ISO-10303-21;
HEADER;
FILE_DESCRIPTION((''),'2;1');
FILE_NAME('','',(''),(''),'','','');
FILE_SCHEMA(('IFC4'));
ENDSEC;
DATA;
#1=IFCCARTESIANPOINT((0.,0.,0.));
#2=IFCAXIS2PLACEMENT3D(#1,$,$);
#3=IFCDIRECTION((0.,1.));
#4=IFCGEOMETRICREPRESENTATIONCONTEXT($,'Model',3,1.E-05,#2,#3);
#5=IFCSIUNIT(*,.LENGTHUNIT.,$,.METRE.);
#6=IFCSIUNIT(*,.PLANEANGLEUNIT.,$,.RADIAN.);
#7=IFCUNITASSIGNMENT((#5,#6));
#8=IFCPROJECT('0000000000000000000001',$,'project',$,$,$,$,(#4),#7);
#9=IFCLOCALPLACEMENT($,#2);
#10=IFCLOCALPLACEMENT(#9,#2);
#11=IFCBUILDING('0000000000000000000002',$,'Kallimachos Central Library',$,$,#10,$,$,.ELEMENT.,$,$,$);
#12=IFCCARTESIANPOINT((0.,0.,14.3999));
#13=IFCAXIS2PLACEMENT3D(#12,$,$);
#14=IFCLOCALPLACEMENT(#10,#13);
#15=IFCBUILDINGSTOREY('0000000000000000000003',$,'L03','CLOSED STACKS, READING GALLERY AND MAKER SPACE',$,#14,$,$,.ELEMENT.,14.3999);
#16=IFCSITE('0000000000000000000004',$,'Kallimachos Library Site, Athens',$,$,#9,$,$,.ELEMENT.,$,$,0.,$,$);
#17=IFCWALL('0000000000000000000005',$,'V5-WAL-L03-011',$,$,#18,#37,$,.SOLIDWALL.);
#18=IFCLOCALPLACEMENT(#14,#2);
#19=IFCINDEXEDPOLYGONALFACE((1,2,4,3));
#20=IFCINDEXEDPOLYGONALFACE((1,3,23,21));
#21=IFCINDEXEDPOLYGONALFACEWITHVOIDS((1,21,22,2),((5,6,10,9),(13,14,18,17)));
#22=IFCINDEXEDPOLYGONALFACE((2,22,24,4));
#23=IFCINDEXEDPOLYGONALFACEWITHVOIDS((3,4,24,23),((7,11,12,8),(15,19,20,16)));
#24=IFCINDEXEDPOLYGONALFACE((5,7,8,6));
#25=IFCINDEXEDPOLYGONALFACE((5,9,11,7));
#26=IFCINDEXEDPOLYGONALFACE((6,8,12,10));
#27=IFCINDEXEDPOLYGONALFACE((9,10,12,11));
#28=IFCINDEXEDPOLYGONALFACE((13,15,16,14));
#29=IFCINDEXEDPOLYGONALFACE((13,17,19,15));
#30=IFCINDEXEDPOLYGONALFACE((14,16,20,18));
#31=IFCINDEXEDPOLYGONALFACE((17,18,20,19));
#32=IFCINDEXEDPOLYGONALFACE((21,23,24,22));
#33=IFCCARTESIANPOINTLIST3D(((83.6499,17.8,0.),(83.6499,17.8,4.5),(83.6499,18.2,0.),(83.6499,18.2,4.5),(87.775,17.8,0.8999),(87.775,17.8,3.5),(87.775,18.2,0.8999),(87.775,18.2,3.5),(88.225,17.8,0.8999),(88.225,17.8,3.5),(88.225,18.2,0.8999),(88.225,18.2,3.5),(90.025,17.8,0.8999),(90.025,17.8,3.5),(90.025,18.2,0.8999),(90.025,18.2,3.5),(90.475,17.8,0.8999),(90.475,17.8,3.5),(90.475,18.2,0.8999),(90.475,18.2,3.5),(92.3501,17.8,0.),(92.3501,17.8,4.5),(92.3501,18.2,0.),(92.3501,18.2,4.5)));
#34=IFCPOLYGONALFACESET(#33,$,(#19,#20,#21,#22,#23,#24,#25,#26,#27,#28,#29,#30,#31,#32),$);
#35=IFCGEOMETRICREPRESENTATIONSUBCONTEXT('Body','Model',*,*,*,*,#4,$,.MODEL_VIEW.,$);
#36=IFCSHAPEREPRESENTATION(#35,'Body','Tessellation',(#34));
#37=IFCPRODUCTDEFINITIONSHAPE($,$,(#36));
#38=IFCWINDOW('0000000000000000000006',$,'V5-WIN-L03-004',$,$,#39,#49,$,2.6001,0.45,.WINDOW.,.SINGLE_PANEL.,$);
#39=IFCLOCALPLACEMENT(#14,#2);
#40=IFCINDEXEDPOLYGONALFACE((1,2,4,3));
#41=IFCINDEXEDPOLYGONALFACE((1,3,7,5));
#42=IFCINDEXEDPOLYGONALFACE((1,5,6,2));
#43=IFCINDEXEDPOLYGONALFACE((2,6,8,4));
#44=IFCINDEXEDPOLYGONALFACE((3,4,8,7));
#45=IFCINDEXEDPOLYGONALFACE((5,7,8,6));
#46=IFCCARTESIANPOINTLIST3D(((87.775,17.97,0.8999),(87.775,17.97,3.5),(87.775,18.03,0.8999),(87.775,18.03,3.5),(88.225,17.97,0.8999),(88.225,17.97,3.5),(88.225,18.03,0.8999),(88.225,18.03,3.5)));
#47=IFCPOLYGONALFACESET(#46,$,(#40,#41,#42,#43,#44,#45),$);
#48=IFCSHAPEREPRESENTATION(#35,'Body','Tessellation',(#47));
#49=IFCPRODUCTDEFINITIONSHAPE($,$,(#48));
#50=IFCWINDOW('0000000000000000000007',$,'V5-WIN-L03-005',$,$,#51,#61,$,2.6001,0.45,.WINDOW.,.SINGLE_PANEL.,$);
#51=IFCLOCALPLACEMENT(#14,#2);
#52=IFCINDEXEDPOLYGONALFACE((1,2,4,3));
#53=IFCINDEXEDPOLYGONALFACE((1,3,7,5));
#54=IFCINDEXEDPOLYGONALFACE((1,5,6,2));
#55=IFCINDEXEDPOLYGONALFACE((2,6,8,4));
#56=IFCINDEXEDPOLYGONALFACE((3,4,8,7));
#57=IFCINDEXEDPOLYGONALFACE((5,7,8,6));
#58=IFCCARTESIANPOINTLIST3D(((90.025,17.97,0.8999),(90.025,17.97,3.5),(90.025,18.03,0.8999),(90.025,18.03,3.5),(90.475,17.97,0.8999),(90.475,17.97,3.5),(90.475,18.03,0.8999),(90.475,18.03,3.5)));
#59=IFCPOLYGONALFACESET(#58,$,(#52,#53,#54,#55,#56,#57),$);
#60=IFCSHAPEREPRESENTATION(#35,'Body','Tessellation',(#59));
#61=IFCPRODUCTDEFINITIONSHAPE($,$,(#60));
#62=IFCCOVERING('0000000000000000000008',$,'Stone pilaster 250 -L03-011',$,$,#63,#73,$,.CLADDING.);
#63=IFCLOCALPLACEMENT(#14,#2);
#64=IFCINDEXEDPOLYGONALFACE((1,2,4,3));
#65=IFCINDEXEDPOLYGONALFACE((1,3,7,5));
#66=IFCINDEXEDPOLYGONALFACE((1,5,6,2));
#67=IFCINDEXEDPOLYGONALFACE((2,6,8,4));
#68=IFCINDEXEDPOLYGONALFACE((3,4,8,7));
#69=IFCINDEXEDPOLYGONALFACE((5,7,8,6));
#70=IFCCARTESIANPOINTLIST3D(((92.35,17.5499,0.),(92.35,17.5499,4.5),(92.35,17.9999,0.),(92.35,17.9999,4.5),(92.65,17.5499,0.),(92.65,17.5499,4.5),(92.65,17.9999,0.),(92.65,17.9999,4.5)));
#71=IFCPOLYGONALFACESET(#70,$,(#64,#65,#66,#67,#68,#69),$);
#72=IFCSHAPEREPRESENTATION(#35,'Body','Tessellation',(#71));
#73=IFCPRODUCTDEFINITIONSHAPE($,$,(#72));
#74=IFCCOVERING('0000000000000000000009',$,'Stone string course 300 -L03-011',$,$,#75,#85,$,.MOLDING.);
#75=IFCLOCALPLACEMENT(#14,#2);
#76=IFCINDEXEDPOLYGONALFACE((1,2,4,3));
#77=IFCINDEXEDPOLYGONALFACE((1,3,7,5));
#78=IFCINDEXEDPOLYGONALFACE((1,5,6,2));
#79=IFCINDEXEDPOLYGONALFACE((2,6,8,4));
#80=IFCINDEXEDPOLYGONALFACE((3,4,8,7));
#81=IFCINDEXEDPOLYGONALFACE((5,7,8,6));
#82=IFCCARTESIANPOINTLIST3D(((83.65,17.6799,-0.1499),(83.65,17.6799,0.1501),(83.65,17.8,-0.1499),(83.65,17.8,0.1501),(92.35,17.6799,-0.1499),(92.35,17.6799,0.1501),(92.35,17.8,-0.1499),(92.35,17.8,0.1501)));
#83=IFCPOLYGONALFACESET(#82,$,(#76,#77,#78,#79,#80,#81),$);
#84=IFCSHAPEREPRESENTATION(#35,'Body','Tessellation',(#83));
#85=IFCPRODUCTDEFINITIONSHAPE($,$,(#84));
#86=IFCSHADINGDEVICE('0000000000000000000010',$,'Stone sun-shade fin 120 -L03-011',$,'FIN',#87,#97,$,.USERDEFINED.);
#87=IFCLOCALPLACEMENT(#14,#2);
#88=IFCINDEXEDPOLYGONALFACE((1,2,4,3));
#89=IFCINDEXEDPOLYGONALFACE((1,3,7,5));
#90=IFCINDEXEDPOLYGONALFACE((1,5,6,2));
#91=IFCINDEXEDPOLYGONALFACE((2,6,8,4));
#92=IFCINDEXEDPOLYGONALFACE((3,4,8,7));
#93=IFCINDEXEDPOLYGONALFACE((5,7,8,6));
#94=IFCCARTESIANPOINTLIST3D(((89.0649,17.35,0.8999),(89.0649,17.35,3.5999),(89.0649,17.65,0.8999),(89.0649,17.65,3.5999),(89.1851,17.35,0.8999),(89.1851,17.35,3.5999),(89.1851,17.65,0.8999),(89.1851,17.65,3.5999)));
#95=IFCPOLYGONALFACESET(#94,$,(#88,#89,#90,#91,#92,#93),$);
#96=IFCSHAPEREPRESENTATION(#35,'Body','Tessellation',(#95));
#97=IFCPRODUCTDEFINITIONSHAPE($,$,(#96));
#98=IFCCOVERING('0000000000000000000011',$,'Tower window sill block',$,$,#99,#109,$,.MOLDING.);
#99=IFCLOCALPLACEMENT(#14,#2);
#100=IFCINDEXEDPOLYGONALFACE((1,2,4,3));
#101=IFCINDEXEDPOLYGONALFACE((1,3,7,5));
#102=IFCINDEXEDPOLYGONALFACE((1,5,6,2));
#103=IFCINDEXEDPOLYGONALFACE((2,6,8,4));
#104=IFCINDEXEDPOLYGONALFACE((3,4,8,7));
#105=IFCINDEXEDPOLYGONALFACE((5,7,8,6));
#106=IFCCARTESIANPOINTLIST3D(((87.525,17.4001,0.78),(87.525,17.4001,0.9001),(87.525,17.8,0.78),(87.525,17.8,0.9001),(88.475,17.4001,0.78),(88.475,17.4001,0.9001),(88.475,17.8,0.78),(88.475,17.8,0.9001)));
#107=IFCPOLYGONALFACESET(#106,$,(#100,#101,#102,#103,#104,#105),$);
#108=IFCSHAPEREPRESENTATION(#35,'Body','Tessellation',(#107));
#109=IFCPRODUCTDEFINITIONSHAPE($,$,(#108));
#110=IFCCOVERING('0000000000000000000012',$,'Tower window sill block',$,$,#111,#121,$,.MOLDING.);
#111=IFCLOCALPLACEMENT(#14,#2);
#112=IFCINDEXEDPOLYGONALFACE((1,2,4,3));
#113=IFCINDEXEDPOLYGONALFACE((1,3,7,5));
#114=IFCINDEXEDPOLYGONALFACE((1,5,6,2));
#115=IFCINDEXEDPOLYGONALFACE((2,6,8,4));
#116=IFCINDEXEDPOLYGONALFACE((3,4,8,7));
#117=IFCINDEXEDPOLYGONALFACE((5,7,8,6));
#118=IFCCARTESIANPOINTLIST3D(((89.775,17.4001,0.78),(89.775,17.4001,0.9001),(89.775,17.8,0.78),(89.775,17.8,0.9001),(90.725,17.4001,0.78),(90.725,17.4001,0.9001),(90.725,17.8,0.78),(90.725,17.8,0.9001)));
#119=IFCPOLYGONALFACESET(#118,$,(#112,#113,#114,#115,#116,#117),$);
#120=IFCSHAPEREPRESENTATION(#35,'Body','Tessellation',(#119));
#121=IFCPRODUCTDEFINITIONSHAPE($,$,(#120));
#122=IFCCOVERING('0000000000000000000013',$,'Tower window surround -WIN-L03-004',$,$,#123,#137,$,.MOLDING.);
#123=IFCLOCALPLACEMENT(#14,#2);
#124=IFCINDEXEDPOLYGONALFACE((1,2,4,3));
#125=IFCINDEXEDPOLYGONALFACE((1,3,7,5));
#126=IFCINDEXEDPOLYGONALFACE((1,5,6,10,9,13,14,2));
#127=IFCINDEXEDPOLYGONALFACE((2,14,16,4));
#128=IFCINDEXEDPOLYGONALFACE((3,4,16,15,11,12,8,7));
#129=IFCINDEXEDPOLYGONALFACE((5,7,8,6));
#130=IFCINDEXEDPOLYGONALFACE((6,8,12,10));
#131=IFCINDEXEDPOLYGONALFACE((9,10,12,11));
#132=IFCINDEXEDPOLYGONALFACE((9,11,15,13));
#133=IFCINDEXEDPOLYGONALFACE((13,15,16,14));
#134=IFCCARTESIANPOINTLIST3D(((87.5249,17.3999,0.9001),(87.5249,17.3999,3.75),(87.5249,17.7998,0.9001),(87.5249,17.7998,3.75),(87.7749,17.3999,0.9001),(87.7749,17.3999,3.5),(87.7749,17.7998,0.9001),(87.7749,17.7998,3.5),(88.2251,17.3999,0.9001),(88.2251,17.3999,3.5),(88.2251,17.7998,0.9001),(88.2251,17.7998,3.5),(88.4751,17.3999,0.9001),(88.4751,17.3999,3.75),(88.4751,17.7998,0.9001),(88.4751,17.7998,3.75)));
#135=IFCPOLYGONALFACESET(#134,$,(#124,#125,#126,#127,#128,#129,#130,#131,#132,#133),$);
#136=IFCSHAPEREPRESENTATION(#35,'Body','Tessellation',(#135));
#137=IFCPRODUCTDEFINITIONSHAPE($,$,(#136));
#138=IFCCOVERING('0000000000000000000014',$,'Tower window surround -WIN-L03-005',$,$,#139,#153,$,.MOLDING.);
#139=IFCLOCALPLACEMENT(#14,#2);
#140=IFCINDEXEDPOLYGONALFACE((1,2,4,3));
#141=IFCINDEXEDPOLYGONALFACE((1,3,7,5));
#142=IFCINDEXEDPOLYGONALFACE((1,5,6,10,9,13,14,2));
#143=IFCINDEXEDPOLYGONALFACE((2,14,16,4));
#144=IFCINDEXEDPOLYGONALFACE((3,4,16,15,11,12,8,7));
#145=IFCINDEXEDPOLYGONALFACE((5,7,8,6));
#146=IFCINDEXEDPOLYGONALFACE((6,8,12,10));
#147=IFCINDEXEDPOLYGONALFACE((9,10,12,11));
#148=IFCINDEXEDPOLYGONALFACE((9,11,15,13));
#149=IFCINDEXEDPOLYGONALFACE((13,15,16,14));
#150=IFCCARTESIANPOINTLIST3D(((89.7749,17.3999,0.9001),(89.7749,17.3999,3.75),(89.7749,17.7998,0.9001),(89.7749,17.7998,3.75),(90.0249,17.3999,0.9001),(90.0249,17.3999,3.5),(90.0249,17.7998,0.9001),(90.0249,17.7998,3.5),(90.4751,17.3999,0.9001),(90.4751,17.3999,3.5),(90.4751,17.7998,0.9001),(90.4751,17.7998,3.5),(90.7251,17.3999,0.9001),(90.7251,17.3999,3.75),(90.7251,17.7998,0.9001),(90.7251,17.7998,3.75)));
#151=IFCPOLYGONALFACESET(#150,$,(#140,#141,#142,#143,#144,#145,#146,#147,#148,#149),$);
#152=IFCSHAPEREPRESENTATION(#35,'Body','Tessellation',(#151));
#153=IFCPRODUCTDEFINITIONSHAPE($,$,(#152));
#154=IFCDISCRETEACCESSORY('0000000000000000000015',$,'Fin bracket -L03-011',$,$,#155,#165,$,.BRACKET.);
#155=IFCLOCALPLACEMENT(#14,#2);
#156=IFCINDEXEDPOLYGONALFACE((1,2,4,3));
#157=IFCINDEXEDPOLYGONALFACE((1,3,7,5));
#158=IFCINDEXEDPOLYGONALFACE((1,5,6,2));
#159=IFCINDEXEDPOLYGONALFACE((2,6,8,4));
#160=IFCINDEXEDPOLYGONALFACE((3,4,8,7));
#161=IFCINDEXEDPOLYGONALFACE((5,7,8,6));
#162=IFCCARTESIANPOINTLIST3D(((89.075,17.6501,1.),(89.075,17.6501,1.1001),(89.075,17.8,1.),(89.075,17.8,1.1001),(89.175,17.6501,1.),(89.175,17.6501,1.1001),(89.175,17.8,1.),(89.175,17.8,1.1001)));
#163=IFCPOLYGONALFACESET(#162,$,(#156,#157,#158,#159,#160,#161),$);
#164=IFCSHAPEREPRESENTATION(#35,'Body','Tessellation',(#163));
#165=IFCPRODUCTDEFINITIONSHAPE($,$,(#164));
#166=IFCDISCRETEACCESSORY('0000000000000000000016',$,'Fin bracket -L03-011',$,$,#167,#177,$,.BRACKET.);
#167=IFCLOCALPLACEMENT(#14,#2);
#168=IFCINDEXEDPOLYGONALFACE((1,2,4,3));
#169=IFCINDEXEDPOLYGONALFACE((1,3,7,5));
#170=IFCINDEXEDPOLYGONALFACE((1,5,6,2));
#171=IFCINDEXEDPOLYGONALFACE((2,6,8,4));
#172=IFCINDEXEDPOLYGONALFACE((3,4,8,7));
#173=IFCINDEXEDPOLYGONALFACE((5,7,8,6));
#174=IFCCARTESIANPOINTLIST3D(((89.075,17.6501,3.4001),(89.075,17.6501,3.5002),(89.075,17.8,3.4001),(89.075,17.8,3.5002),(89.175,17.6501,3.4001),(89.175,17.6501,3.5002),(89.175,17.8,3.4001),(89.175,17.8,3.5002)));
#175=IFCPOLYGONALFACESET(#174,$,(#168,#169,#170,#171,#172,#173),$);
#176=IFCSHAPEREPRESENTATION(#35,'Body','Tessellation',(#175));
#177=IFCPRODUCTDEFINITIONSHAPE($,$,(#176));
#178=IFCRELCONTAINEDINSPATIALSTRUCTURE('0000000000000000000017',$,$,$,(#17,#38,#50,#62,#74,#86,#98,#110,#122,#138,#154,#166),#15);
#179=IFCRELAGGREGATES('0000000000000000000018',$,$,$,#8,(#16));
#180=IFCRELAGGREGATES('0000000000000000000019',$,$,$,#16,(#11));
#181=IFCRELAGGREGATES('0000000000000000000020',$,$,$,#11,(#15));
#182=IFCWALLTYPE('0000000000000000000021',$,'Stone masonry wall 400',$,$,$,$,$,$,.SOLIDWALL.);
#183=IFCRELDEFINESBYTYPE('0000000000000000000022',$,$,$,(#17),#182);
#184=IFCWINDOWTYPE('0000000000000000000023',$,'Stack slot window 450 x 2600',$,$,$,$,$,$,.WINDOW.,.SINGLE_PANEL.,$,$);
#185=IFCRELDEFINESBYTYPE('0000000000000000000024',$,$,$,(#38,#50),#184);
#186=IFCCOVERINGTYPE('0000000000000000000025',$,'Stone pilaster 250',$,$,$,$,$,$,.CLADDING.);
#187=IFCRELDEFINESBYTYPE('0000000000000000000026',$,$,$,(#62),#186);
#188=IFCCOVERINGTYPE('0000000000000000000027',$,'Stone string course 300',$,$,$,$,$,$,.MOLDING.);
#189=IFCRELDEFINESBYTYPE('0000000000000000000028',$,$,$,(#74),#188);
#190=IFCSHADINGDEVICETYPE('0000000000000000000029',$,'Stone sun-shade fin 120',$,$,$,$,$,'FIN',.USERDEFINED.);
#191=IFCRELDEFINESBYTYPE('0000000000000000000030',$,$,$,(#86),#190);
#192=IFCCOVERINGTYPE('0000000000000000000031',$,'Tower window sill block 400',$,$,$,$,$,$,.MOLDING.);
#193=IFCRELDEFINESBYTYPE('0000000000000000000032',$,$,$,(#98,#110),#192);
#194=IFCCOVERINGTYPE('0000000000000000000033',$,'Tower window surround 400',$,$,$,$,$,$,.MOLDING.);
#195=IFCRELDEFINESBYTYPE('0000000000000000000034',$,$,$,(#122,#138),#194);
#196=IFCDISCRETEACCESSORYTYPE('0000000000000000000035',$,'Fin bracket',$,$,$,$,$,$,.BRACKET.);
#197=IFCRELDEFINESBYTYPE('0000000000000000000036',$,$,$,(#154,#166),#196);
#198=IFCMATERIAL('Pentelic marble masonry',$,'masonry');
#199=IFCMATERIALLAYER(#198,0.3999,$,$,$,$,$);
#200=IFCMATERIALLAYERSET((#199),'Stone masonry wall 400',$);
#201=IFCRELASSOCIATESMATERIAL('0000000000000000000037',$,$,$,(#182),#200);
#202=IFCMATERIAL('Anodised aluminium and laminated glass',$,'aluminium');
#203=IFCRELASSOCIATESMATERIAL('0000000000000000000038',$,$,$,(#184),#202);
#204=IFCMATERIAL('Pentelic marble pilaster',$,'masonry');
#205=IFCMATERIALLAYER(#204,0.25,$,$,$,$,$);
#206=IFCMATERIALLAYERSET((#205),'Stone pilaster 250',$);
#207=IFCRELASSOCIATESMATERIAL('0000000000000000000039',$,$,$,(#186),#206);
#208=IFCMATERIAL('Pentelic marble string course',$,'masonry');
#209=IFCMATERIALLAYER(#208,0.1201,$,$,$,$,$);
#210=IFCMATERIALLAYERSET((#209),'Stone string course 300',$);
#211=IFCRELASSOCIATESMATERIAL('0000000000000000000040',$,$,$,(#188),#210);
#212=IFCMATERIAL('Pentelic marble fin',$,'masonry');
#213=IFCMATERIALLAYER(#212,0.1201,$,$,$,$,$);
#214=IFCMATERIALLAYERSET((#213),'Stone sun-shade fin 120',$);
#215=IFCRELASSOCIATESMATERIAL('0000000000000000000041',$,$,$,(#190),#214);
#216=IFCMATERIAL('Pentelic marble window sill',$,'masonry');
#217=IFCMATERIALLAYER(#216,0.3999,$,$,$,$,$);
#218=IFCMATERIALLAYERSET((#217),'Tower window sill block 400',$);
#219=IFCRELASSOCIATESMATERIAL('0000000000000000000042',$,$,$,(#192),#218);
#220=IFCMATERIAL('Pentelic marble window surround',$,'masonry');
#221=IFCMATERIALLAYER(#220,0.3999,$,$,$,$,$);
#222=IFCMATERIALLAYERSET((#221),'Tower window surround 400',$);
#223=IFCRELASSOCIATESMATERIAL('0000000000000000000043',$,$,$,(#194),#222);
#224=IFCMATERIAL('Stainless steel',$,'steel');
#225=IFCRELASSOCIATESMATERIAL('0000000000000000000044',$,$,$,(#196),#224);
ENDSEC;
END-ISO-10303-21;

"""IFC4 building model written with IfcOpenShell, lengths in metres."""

from ifc_helpers import new_model, si_unit, direction, frame, frame_2d, origin, origin_2d, place, context, subcontext, project, spatial, polyline, rectangle, outline, extrude, material, layer, layer_set, type_object, element, fill, save


model = new_model("IFC4")

# Units and contexts
model_context = context("Model", 3, precision=1e-05, world=origin(), true_north=direction((0.0, 1.0)))
body_context = subcontext(model_context, "Body", "Model", "MODEL_VIEW")
ifc_project = project(units=[si_unit("LENGTHUNIT", "METRE"), si_unit("PLANEANGLEUNIT", "RADIAN")], contexts=[model_context])

# Site, building, storey
site_placement = place(None, origin())
site = spatial("IfcSite", under=ifc_project, at=site_placement, Name="Kallimachos Library Site, Athens", CompositionType="ELEMENT", RefElevation=0.0)
building_placement = place(site_placement, origin())
building = spatial("IfcBuilding", under=site, at=building_placement, Name="Kallimachos Central Library", CompositionType="ELEMENT")
storey_placement = place(building_placement, frame((0.0, 0.0, 14.3999)))
storey = spatial("IfcBuildingStorey", under=building, at=storey_placement, Name="L03", Description="CLOSED STACKS, READING GALLERY AND MAKER SPACE", CompositionType="ELEMENT", Elevation=14.3999)

# Wall, openings, windows
ifc_material_1 = material(Name="Pentelic marble masonry", Category="masonry")
ifc_layer_1 = layer(ifc_material_1, 0.3999)
ifc_layer_set_1 = layer_set([ifc_layer_1], Name="Stone masonry wall 400")
wall_type_1 = type_object("IfcWallType", Name="Stone masonry wall 400", PredefinedType="SOLIDWALL", material=ifc_layer_set_1)
wall_1_placement = place(storey_placement, frame((83.6499, 18.0, 0.0), z_axis=(0.0, 0.0, 1.0), x_axis=(1.0, 0.0, 0.0)))
wall_1 = element("IfcWall", 1, at=wall_1_placement, inside=storey, type_object=wall_type_1, Name="V5-WAL-L03-011", PredefinedType="SOLIDWALL", context=body_context, shape_type="SweptSolid", body=[
    extrude(rectangle(XDim=8.7002, YDim=0.3999, at=frame_2d((4.3501, 0.0))), origin(), (0.0, 0.0, 1.0), 4.5),
])
opening_1_placement = place(wall_1_placement, frame((4.125, 0.0, 0.8999)))
opening_1 = element("IfcOpeningElement", 2, at=opening_1_placement, cuts=wall_1, PredefinedType="OPENING", context=body_context, shape_type="SweptSolid", body=[
    extrude(rectangle(XDim=0.45, YDim=2.6001, at=frame_2d((0.2251, 1.3))), frame((0.0, 0.21, 0.0), z_axis=(0.0, -1.0, 0.0), x_axis=(1.0, 0.0, 0.0)), (0.0, 0.0, 1.0), 0.4199),
])
opening_2_placement = place(wall_1_placement, frame((6.375, 0.0, 0.8999)))
opening_2 = element("IfcOpeningElement", 3, at=opening_2_placement, cuts=wall_1, PredefinedType="OPENING", context=body_context, shape_type="SweptSolid", body=[
    extrude(rectangle(XDim=0.45, YDim=2.6001, at=frame_2d((0.2251, 1.3))), frame((0.0, 0.21, 0.0), z_axis=(0.0, -1.0, 0.0), x_axis=(1.0, 0.0, 0.0)), (0.0, 0.0, 1.0), 0.4199),
])
ifc_material_2 = material(Name="Anodised aluminium and laminated glass", Category="aluminium")
window_type = type_object("IfcWindowType", Name="Stack slot window 450 x 2600", PartitioningType="SINGLE_PANEL", PredefinedType="WINDOW", material=ifc_material_2)
window_1_placement = place(opening_1_placement, origin())
window_1 = element("IfcWindow", 4, at=window_1_placement, inside=storey, type_object=window_type, Name="V5-WIN-L03-004", OverallHeight=2.6001, OverallWidth=0.45, PartitioningType="SINGLE_PANEL", PredefinedType="WINDOW", context=body_context, shape_type="SweptSolid", body=[
    extrude(rectangle(XDim=0.45, YDim=2.6001, at=frame_2d((0.2251, 1.3))), frame((0.0, 0.03, 0.0), z_axis=(0.0, -1.0, 0.0), x_axis=(1.0, 0.0, 0.0)), (0.0, 0.0, 1.0), 0.0601),
])
fill(opening_1, window_1)
window_2_placement = place(opening_2_placement, origin())
window_2 = element("IfcWindow", 5, at=window_2_placement, inside=storey, type_object=window_type, Name="V5-WIN-L03-005", OverallHeight=2.6001, OverallWidth=0.45, PartitioningType="SINGLE_PANEL", PredefinedType="WINDOW", context=body_context, shape_type="SweptSolid", body=[
    extrude(rectangle(XDim=0.45, YDim=2.6001, at=frame_2d((0.2251, 1.3))), frame((0.0, 0.03, 0.0), z_axis=(0.0, -1.0, 0.0), x_axis=(1.0, 0.0, 0.0)), (0.0, 0.0, 1.0), 0.0601),
])
fill(opening_2, window_2)

# Coverings
ifc_material_3 = material(Name="Pentelic marble pilaster", Category="masonry")
ifc_layer_2 = layer(ifc_material_3, 0.25)
ifc_layer_set_2 = layer_set([ifc_layer_2], Name="Stone pilaster 250")
covering_type_1 = type_object("IfcCoveringType", Name="Stone pilaster 250", PredefinedType="CLADDING", material=ifc_layer_set_2)
covering_1_placement = place(storey_placement, frame((92.5, 17.7749, 0.0), z_axis=(0.0, 0.0, 1.0), x_axis=(1.0, 0.0, 0.0)))
element("IfcCovering", 6, at=covering_1_placement, inside=storey, type_object=covering_type_1, Name="Stone pilaster 250 -L03-011", PredefinedType="CLADDING", context=body_context, shape_type="SweptSolid", body=[
    extrude(rectangle(XDim=0.3, YDim=0.45, at=origin_2d()), origin(), (0.0, 0.0, 1.0), 4.5),
])
ifc_material_4 = material(Name="Pentelic marble string course", Category="masonry")
ifc_layer_3 = layer(ifc_material_4, 0.1201)
ifc_layer_set_3 = layer_set([ifc_layer_3], Name="Stone string course 300")
covering_type_2 = type_object("IfcCoveringType", Name="Stone string course 300", PredefinedType="MOLDING", material=ifc_layer_set_3)
covering_2_placement = place(storey_placement, frame((88.0, 17.74, -0.1499), z_axis=(0.0, 0.0, 1.0), x_axis=(1.0, 0.0, 0.0)))
element("IfcCovering", 7, at=covering_2_placement, inside=storey, type_object=covering_type_2, Name="Stone string course 300 -L03-011", PredefinedType="MOLDING", context=body_context, shape_type="SweptSolid", body=[
    extrude(rectangle(XDim=8.7, YDim=0.1201, at=origin_2d()), origin(), (0.0, 0.0, 1.0), 0.3),
])

# Shading device
ifc_material_5 = material(Name="Pentelic marble fin", Category="masonry")
ifc_layer_4 = layer(ifc_material_5, 0.1201)
ifc_layer_set_4 = layer_set([ifc_layer_4], Name="Stone sun-shade fin 120")
shading_device_type = type_object("IfcShadingDeviceType", Name="Stone sun-shade fin 120", ElementType="FIN", PredefinedType="USERDEFINED", material=ifc_layer_set_4)
shading_device_placement = place(storey_placement, frame((89.125, 17.5, 0.8999), z_axis=(0.0, 0.0, 1.0), x_axis=(1.0, 0.0, 0.0)))
element("IfcShadingDevice", 8, at=shading_device_placement, inside=storey, type_object=shading_device_type, Name="Stone sun-shade fin 120 -L03-011", ObjectType="FIN", PredefinedType="USERDEFINED", context=body_context, shape_type="SweptSolid", body=[
    extrude(rectangle(XDim=0.1201, YDim=0.3, at=origin_2d()), origin(), (0.0, 0.0, 1.0), 2.7),
])

# Coverings
ifc_material_6 = material(Name="Pentelic marble window sill", Category="masonry")
ifc_layer_5 = layer(ifc_material_6, 0.3999)
ifc_layer_set_5 = layer_set([ifc_layer_5], Name="Tower window sill block 400")
covering_type_3 = type_object("IfcCoveringType", Name="Tower window sill block 400", PredefinedType="MOLDING", material=ifc_layer_set_5)
for number, where, z_axis, x_axis, name in (
    (9, (88.0, 17.6001, 0.78), (0.0, 0.0, 1.0), (1.0, 0.0, 0.0), "Tower window sill block"),
    (10, (90.25, 17.6001, 0.78), (0.0, 0.0, 1.0), (1.0, 0.0, 0.0), "Tower window sill block"),
):
    element("IfcCovering", number, at=place(storey_placement, frame(where, z_axis=z_axis, x_axis=x_axis)), inside=storey, type_object=covering_type_3, Name=name, PredefinedType="MOLDING", context=body_context, shape_type="SweptSolid", body=[
        extrude(rectangle(XDim=0.95, YDim=0.3999, at=origin_2d()), origin(), (0.0, 0.0, 1.0), 0.1201),
    ])
ifc_material_7 = material(Name="Pentelic marble window surround", Category="masonry")
ifc_layer_6 = layer(ifc_material_7, 0.3999)
ifc_layer_set_6 = layer_set([ifc_layer_6], Name="Tower window surround 400")
covering_type_4 = type_object("IfcCoveringType", Name="Tower window surround 400", PredefinedType="MOLDING", material=ifc_layer_set_6)
for number, where, z_axis, x_axis, name in (
    (11, (87.7749, 17.3999, 0.9001), (0.0, -1.0, 0.0), (0.0, 0.0, 1.0), "Tower window surround -WIN-L03-004"),
    (12, (90.0249, 17.3999, 0.9001), (0.0, -1.0, 0.0), (0.0, 0.0, 1.0), "Tower window surround -WIN-L03-005"),
):
    element("IfcCovering", number, at=place(storey_placement, frame(where, z_axis=z_axis, x_axis=x_axis)), inside=storey, type_object=covering_type_4, Name=name, PredefinedType="MOLDING", context=body_context, shape_type="SweptSolid", body=[
        extrude(outline(polyline([(0.0, 0.0), (2.5999, 0.0), (2.5999, -0.4502), (0.0, -0.4502), (0.0, -0.7002), (2.8499, -0.7002), (2.8499, 0.25), (0.0, 0.25), (0.0, 0.0)])), origin(), (0.0, 0.0, -1.0), 0.3999),
    ])

# Discrete accessories
ifc_material_8 = material(Name="Stainless steel", Category="steel")
discrete_accessory_type = type_object("IfcDiscreteAccessoryType", Name="Fin bracket", PredefinedType="BRACKET", material=ifc_material_8)
for number, where, z_axis, x_axis, name in (
    (13, (89.125, 17.7251, 1.0), (0.0, 0.0, 1.0), (1.0, 0.0, 0.0), "Fin bracket -L03-011"),
    (14, (89.125, 17.7251, 3.4001), (0.0, 0.0, 1.0), (1.0, 0.0, 0.0), "Fin bracket -L03-011"),
):
    element("IfcDiscreteAccessory", number, at=place(storey_placement, frame(where, z_axis=z_axis, x_axis=x_axis)), inside=storey, type_object=discrete_accessory_type, Name=name, PredefinedType="BRACKET", context=body_context, shape_type="SweptSolid", body=[
        extrude(rectangle(XDim=0.1001, YDim=0.1499, at=origin_2d()), origin(), (0.0, 0.0, 1.0), 0.1001),
    ])

save(model, "model.ifc")
